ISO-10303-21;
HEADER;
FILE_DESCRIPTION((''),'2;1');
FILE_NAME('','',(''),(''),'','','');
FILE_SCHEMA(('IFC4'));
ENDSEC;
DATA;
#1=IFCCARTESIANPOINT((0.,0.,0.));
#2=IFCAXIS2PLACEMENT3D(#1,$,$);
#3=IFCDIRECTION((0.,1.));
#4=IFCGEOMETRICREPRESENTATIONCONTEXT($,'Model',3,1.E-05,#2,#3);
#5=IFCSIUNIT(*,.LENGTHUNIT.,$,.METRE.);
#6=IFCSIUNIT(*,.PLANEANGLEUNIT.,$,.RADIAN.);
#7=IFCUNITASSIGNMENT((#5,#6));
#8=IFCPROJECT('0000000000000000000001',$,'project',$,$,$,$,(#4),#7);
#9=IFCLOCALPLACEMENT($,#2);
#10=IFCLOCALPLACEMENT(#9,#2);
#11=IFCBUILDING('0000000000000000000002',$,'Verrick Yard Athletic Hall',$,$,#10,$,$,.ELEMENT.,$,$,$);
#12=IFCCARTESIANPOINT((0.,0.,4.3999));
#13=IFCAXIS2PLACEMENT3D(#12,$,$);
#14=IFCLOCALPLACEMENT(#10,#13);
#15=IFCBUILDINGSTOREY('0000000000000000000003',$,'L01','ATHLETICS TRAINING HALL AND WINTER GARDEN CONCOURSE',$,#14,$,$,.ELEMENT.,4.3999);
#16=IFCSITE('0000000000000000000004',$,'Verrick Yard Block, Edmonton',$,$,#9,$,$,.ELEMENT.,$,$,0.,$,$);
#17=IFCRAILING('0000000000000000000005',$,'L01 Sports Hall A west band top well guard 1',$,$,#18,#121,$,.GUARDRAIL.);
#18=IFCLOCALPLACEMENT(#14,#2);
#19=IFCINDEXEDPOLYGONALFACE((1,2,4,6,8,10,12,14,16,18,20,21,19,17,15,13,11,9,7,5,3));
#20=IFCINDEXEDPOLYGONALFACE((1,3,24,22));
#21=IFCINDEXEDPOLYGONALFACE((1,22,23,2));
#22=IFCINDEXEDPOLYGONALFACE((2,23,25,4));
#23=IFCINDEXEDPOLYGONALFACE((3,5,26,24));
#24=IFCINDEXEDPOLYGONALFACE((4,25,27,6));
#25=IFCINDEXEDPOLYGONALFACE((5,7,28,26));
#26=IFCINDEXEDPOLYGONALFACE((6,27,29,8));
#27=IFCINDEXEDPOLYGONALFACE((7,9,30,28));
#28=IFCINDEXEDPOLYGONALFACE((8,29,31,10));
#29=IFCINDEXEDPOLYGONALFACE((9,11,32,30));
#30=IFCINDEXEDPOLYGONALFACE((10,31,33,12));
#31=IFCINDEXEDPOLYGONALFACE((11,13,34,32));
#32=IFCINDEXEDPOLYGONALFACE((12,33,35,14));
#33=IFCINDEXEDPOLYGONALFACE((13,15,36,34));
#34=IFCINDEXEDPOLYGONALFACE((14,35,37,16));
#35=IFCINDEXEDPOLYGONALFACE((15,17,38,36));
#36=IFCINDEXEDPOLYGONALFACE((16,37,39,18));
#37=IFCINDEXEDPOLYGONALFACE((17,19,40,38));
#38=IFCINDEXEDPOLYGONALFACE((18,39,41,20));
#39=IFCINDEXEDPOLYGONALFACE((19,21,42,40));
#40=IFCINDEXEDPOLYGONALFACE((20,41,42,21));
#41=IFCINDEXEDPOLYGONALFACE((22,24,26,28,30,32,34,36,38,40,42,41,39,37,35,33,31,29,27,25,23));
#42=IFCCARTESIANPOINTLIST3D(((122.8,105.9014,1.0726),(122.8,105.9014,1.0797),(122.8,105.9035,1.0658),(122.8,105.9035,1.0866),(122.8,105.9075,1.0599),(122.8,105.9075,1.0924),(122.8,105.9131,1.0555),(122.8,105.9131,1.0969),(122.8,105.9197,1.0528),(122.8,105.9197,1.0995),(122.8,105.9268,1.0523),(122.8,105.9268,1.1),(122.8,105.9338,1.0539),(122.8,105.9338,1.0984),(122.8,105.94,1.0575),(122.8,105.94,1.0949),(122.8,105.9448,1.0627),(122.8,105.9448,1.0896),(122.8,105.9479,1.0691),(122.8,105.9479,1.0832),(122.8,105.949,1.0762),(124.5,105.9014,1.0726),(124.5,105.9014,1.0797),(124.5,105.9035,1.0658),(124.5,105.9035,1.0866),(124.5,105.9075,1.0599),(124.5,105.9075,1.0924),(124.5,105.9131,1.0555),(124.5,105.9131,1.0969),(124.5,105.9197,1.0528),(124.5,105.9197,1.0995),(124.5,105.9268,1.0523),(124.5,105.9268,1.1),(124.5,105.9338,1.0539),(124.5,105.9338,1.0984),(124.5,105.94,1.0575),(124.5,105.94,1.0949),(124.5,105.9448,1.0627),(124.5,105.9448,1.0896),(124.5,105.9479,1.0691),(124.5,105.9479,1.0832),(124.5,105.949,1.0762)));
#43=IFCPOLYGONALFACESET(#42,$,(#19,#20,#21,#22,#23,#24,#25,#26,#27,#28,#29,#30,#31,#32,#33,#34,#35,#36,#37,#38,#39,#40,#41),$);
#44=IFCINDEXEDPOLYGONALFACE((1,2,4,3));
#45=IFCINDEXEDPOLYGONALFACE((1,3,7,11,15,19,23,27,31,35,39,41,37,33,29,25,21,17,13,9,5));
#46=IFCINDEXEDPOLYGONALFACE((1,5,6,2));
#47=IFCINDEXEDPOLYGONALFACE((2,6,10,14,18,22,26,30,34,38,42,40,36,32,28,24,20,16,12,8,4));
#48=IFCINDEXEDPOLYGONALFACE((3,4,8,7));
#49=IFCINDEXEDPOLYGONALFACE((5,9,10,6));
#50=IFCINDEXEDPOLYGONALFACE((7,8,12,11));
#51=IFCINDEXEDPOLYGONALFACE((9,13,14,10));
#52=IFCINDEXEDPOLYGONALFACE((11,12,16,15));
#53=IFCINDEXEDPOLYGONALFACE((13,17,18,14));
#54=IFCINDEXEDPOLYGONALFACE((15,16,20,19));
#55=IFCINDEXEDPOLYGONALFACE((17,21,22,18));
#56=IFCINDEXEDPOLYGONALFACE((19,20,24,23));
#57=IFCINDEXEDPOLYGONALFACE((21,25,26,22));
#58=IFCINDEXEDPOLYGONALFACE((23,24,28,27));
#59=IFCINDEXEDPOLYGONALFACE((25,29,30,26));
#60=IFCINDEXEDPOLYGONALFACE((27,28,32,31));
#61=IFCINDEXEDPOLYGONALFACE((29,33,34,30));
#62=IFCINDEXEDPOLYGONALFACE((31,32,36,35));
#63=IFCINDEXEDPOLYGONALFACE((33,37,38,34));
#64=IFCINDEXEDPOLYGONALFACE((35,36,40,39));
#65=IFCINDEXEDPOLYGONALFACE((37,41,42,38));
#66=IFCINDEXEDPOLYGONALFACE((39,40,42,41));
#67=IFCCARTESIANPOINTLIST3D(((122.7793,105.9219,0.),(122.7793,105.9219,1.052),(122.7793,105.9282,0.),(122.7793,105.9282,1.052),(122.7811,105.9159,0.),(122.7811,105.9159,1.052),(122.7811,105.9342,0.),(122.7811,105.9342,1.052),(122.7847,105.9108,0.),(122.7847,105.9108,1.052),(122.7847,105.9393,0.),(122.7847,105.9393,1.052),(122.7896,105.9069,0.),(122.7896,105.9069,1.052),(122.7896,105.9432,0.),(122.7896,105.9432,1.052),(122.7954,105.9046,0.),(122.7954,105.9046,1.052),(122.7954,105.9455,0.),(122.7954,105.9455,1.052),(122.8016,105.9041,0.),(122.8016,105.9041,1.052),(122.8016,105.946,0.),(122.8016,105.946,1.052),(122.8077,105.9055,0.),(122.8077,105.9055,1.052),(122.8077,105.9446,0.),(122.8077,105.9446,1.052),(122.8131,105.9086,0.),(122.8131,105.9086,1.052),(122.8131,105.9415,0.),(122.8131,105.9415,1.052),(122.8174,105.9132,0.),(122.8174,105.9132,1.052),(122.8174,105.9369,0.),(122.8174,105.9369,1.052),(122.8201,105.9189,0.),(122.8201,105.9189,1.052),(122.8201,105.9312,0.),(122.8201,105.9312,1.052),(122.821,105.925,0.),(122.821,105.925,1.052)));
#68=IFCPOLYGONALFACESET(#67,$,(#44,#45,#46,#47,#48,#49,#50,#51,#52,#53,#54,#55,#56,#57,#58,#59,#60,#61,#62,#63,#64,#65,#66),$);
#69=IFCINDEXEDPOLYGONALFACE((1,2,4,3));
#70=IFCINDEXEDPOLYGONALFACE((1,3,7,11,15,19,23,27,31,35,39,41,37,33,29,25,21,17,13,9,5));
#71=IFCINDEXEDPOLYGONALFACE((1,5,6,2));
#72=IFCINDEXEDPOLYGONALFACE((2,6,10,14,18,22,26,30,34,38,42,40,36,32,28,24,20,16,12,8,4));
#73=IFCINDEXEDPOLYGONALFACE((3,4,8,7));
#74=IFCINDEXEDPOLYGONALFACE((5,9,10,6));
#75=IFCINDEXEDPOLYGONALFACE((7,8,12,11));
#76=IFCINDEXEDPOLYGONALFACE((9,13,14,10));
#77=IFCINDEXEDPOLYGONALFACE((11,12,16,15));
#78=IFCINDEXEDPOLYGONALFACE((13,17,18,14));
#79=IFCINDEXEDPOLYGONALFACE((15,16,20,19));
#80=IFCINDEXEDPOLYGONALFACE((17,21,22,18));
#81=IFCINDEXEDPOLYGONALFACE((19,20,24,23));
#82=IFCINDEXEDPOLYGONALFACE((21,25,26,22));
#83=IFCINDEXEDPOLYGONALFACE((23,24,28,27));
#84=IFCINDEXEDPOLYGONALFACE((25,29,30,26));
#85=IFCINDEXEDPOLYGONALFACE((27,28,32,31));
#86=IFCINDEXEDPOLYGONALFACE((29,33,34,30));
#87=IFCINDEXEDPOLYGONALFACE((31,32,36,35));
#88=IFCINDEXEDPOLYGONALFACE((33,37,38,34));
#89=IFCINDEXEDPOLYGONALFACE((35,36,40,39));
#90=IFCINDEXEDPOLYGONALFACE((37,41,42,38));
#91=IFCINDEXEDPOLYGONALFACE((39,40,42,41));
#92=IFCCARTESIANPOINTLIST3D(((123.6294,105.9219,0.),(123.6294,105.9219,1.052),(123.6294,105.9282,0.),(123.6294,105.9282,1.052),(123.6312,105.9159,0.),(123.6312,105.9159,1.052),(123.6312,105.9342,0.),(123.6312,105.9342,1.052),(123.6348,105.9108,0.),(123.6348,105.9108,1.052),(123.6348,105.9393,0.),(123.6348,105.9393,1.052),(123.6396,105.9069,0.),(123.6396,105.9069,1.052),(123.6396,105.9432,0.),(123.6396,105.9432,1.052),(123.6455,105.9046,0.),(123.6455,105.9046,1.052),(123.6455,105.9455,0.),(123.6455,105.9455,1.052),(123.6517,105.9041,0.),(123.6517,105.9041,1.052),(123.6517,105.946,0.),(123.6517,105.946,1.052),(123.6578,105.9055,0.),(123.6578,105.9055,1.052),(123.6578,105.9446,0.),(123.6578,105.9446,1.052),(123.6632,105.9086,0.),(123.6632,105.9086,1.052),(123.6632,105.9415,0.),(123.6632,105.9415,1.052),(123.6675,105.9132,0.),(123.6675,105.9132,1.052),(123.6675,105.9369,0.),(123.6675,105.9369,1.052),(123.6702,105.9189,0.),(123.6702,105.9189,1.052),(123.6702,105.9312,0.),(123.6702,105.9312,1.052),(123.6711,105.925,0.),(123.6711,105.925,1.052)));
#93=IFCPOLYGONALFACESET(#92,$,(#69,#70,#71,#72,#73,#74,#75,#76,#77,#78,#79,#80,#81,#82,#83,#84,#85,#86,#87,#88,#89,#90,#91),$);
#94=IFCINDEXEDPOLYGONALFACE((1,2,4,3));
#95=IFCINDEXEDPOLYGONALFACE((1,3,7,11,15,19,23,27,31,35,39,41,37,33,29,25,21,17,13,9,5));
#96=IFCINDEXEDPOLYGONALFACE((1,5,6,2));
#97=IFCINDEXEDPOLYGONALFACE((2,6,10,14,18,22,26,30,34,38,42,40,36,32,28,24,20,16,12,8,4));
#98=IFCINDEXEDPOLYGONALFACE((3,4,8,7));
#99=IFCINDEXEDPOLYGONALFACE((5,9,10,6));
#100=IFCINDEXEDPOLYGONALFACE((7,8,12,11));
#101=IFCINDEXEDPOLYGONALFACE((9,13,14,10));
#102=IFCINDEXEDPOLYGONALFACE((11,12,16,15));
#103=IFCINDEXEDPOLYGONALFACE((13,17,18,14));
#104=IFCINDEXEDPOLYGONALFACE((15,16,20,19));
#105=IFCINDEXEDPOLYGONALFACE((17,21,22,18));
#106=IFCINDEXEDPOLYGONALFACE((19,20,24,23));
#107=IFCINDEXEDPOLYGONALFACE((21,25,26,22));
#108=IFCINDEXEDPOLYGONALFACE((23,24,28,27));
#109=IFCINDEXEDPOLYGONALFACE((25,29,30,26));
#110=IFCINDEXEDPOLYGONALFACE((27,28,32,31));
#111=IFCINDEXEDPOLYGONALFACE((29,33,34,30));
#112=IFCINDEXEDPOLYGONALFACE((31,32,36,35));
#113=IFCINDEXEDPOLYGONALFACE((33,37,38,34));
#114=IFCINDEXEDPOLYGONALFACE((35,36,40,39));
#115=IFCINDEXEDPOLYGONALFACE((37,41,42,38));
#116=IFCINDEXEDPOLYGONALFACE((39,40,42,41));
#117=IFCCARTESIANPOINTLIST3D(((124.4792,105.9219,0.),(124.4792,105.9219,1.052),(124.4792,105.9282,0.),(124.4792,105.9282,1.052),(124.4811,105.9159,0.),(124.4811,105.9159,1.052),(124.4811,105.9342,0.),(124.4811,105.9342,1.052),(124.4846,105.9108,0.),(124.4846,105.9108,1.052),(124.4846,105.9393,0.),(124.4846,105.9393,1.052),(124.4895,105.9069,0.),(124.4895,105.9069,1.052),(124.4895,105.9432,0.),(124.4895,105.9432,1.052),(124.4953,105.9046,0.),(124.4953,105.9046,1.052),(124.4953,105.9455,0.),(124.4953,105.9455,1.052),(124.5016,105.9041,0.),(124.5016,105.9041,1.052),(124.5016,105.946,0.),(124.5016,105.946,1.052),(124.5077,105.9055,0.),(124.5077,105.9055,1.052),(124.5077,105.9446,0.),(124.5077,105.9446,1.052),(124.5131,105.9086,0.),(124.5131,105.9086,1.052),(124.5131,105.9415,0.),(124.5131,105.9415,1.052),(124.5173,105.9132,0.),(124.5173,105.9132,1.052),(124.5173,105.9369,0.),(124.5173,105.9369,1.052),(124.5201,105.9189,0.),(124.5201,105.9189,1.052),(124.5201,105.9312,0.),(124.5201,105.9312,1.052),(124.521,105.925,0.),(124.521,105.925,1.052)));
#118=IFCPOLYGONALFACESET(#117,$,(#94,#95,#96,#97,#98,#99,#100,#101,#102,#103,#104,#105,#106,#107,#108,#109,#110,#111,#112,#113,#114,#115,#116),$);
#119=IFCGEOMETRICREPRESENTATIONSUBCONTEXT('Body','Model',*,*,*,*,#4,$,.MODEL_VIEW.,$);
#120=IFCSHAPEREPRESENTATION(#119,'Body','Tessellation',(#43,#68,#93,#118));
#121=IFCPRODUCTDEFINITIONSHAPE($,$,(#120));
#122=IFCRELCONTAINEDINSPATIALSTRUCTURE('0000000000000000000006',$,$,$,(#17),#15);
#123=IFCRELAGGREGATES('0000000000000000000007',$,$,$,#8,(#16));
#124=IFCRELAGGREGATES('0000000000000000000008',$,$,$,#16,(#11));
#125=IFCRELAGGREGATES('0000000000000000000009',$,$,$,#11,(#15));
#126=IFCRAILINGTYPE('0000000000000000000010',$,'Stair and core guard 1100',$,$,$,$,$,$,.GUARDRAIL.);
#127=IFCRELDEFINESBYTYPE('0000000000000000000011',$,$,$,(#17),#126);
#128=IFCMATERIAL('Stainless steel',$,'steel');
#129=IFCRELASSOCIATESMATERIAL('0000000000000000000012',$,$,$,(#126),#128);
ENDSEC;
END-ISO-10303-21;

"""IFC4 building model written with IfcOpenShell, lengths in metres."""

from ifc_helpers import new_model, si_unit, direction, frame, origin, origin_2d, place, context, subcontext, project, spatial, circle, extrude, material, type_object, element, save


model = new_model("IFC4")

# Units and contexts
model_context = context("Model", 3, precision=1e-05, world=origin(), true_north=direction((0.0, 1.0)))
body_context = subcontext(model_context, "Body", "Model", "MODEL_VIEW")
ifc_project = project(units=[si_unit("LENGTHUNIT", "METRE"), si_unit("PLANEANGLEUNIT", "RADIAN")], contexts=[model_context])

# Site, building, storey
site_placement = place(None, origin())
site = spatial("IfcSite", under=ifc_project, at=site_placement, Name="Verrick Yard Block, Edmonton", CompositionType="ELEMENT", RefElevation=0.0)
building_placement = place(site_placement, origin())
building = spatial("IfcBuilding", under=site, at=building_placement, Name="Verrick Yard Athletic Hall", CompositionType="ELEMENT")
storey_placement = place(building_placement, frame((0.0, 0.0, 4.3999)))
storey = spatial("IfcBuildingStorey", under=building, at=storey_placement, Name="L01", Description="ATHLETICS TRAINING HALL AND WINTER GARDEN CONCOURSE", CompositionType="ELEMENT", Elevation=4.3999)

# Railing
ifc_material_1 = material(Name="Stainless steel", Category="steel")
railing_type = type_object("IfcRailingType", Name="Stair and core guard 1100", PredefinedType="GUARDRAIL", material=ifc_material_1)
railing_placement = place(storey_placement, frame((122.8, 105.925, 0.0)))
element("IfcRailing", 1, at=railing_placement, inside=storey, type_object=railing_type, Name="L01 Sports Hall A west band top well guard 1", PredefinedType="GUARDRAIL", context=body_context, shape_type="SweptSolid", body=[
    extrude(circle(Radius=0.0239, at=origin_2d()), frame((0.0, 0.0, 1.0762), z_axis=(1.0, 0.0, 0.0), x_axis=(0.0, 1.0, 0.0)), (0.0, 0.0, 1.0), 1.7),
    extrude(circle(Radius=0.021, at=origin_2d()), origin(), (0.0, 0.0, 1.0), 1.052),
    extrude(circle(Radius=0.021, at=origin_2d()), frame((0.8501, 0.0, 0.0)), (0.0, 0.0, 1.0), 1.052),
    extrude(circle(Radius=0.021, at=origin_2d()), frame((1.7, 0.0, 0.0)), (0.0, 0.0, 1.0), 1.052),
])

save(model, "model.ifc")
